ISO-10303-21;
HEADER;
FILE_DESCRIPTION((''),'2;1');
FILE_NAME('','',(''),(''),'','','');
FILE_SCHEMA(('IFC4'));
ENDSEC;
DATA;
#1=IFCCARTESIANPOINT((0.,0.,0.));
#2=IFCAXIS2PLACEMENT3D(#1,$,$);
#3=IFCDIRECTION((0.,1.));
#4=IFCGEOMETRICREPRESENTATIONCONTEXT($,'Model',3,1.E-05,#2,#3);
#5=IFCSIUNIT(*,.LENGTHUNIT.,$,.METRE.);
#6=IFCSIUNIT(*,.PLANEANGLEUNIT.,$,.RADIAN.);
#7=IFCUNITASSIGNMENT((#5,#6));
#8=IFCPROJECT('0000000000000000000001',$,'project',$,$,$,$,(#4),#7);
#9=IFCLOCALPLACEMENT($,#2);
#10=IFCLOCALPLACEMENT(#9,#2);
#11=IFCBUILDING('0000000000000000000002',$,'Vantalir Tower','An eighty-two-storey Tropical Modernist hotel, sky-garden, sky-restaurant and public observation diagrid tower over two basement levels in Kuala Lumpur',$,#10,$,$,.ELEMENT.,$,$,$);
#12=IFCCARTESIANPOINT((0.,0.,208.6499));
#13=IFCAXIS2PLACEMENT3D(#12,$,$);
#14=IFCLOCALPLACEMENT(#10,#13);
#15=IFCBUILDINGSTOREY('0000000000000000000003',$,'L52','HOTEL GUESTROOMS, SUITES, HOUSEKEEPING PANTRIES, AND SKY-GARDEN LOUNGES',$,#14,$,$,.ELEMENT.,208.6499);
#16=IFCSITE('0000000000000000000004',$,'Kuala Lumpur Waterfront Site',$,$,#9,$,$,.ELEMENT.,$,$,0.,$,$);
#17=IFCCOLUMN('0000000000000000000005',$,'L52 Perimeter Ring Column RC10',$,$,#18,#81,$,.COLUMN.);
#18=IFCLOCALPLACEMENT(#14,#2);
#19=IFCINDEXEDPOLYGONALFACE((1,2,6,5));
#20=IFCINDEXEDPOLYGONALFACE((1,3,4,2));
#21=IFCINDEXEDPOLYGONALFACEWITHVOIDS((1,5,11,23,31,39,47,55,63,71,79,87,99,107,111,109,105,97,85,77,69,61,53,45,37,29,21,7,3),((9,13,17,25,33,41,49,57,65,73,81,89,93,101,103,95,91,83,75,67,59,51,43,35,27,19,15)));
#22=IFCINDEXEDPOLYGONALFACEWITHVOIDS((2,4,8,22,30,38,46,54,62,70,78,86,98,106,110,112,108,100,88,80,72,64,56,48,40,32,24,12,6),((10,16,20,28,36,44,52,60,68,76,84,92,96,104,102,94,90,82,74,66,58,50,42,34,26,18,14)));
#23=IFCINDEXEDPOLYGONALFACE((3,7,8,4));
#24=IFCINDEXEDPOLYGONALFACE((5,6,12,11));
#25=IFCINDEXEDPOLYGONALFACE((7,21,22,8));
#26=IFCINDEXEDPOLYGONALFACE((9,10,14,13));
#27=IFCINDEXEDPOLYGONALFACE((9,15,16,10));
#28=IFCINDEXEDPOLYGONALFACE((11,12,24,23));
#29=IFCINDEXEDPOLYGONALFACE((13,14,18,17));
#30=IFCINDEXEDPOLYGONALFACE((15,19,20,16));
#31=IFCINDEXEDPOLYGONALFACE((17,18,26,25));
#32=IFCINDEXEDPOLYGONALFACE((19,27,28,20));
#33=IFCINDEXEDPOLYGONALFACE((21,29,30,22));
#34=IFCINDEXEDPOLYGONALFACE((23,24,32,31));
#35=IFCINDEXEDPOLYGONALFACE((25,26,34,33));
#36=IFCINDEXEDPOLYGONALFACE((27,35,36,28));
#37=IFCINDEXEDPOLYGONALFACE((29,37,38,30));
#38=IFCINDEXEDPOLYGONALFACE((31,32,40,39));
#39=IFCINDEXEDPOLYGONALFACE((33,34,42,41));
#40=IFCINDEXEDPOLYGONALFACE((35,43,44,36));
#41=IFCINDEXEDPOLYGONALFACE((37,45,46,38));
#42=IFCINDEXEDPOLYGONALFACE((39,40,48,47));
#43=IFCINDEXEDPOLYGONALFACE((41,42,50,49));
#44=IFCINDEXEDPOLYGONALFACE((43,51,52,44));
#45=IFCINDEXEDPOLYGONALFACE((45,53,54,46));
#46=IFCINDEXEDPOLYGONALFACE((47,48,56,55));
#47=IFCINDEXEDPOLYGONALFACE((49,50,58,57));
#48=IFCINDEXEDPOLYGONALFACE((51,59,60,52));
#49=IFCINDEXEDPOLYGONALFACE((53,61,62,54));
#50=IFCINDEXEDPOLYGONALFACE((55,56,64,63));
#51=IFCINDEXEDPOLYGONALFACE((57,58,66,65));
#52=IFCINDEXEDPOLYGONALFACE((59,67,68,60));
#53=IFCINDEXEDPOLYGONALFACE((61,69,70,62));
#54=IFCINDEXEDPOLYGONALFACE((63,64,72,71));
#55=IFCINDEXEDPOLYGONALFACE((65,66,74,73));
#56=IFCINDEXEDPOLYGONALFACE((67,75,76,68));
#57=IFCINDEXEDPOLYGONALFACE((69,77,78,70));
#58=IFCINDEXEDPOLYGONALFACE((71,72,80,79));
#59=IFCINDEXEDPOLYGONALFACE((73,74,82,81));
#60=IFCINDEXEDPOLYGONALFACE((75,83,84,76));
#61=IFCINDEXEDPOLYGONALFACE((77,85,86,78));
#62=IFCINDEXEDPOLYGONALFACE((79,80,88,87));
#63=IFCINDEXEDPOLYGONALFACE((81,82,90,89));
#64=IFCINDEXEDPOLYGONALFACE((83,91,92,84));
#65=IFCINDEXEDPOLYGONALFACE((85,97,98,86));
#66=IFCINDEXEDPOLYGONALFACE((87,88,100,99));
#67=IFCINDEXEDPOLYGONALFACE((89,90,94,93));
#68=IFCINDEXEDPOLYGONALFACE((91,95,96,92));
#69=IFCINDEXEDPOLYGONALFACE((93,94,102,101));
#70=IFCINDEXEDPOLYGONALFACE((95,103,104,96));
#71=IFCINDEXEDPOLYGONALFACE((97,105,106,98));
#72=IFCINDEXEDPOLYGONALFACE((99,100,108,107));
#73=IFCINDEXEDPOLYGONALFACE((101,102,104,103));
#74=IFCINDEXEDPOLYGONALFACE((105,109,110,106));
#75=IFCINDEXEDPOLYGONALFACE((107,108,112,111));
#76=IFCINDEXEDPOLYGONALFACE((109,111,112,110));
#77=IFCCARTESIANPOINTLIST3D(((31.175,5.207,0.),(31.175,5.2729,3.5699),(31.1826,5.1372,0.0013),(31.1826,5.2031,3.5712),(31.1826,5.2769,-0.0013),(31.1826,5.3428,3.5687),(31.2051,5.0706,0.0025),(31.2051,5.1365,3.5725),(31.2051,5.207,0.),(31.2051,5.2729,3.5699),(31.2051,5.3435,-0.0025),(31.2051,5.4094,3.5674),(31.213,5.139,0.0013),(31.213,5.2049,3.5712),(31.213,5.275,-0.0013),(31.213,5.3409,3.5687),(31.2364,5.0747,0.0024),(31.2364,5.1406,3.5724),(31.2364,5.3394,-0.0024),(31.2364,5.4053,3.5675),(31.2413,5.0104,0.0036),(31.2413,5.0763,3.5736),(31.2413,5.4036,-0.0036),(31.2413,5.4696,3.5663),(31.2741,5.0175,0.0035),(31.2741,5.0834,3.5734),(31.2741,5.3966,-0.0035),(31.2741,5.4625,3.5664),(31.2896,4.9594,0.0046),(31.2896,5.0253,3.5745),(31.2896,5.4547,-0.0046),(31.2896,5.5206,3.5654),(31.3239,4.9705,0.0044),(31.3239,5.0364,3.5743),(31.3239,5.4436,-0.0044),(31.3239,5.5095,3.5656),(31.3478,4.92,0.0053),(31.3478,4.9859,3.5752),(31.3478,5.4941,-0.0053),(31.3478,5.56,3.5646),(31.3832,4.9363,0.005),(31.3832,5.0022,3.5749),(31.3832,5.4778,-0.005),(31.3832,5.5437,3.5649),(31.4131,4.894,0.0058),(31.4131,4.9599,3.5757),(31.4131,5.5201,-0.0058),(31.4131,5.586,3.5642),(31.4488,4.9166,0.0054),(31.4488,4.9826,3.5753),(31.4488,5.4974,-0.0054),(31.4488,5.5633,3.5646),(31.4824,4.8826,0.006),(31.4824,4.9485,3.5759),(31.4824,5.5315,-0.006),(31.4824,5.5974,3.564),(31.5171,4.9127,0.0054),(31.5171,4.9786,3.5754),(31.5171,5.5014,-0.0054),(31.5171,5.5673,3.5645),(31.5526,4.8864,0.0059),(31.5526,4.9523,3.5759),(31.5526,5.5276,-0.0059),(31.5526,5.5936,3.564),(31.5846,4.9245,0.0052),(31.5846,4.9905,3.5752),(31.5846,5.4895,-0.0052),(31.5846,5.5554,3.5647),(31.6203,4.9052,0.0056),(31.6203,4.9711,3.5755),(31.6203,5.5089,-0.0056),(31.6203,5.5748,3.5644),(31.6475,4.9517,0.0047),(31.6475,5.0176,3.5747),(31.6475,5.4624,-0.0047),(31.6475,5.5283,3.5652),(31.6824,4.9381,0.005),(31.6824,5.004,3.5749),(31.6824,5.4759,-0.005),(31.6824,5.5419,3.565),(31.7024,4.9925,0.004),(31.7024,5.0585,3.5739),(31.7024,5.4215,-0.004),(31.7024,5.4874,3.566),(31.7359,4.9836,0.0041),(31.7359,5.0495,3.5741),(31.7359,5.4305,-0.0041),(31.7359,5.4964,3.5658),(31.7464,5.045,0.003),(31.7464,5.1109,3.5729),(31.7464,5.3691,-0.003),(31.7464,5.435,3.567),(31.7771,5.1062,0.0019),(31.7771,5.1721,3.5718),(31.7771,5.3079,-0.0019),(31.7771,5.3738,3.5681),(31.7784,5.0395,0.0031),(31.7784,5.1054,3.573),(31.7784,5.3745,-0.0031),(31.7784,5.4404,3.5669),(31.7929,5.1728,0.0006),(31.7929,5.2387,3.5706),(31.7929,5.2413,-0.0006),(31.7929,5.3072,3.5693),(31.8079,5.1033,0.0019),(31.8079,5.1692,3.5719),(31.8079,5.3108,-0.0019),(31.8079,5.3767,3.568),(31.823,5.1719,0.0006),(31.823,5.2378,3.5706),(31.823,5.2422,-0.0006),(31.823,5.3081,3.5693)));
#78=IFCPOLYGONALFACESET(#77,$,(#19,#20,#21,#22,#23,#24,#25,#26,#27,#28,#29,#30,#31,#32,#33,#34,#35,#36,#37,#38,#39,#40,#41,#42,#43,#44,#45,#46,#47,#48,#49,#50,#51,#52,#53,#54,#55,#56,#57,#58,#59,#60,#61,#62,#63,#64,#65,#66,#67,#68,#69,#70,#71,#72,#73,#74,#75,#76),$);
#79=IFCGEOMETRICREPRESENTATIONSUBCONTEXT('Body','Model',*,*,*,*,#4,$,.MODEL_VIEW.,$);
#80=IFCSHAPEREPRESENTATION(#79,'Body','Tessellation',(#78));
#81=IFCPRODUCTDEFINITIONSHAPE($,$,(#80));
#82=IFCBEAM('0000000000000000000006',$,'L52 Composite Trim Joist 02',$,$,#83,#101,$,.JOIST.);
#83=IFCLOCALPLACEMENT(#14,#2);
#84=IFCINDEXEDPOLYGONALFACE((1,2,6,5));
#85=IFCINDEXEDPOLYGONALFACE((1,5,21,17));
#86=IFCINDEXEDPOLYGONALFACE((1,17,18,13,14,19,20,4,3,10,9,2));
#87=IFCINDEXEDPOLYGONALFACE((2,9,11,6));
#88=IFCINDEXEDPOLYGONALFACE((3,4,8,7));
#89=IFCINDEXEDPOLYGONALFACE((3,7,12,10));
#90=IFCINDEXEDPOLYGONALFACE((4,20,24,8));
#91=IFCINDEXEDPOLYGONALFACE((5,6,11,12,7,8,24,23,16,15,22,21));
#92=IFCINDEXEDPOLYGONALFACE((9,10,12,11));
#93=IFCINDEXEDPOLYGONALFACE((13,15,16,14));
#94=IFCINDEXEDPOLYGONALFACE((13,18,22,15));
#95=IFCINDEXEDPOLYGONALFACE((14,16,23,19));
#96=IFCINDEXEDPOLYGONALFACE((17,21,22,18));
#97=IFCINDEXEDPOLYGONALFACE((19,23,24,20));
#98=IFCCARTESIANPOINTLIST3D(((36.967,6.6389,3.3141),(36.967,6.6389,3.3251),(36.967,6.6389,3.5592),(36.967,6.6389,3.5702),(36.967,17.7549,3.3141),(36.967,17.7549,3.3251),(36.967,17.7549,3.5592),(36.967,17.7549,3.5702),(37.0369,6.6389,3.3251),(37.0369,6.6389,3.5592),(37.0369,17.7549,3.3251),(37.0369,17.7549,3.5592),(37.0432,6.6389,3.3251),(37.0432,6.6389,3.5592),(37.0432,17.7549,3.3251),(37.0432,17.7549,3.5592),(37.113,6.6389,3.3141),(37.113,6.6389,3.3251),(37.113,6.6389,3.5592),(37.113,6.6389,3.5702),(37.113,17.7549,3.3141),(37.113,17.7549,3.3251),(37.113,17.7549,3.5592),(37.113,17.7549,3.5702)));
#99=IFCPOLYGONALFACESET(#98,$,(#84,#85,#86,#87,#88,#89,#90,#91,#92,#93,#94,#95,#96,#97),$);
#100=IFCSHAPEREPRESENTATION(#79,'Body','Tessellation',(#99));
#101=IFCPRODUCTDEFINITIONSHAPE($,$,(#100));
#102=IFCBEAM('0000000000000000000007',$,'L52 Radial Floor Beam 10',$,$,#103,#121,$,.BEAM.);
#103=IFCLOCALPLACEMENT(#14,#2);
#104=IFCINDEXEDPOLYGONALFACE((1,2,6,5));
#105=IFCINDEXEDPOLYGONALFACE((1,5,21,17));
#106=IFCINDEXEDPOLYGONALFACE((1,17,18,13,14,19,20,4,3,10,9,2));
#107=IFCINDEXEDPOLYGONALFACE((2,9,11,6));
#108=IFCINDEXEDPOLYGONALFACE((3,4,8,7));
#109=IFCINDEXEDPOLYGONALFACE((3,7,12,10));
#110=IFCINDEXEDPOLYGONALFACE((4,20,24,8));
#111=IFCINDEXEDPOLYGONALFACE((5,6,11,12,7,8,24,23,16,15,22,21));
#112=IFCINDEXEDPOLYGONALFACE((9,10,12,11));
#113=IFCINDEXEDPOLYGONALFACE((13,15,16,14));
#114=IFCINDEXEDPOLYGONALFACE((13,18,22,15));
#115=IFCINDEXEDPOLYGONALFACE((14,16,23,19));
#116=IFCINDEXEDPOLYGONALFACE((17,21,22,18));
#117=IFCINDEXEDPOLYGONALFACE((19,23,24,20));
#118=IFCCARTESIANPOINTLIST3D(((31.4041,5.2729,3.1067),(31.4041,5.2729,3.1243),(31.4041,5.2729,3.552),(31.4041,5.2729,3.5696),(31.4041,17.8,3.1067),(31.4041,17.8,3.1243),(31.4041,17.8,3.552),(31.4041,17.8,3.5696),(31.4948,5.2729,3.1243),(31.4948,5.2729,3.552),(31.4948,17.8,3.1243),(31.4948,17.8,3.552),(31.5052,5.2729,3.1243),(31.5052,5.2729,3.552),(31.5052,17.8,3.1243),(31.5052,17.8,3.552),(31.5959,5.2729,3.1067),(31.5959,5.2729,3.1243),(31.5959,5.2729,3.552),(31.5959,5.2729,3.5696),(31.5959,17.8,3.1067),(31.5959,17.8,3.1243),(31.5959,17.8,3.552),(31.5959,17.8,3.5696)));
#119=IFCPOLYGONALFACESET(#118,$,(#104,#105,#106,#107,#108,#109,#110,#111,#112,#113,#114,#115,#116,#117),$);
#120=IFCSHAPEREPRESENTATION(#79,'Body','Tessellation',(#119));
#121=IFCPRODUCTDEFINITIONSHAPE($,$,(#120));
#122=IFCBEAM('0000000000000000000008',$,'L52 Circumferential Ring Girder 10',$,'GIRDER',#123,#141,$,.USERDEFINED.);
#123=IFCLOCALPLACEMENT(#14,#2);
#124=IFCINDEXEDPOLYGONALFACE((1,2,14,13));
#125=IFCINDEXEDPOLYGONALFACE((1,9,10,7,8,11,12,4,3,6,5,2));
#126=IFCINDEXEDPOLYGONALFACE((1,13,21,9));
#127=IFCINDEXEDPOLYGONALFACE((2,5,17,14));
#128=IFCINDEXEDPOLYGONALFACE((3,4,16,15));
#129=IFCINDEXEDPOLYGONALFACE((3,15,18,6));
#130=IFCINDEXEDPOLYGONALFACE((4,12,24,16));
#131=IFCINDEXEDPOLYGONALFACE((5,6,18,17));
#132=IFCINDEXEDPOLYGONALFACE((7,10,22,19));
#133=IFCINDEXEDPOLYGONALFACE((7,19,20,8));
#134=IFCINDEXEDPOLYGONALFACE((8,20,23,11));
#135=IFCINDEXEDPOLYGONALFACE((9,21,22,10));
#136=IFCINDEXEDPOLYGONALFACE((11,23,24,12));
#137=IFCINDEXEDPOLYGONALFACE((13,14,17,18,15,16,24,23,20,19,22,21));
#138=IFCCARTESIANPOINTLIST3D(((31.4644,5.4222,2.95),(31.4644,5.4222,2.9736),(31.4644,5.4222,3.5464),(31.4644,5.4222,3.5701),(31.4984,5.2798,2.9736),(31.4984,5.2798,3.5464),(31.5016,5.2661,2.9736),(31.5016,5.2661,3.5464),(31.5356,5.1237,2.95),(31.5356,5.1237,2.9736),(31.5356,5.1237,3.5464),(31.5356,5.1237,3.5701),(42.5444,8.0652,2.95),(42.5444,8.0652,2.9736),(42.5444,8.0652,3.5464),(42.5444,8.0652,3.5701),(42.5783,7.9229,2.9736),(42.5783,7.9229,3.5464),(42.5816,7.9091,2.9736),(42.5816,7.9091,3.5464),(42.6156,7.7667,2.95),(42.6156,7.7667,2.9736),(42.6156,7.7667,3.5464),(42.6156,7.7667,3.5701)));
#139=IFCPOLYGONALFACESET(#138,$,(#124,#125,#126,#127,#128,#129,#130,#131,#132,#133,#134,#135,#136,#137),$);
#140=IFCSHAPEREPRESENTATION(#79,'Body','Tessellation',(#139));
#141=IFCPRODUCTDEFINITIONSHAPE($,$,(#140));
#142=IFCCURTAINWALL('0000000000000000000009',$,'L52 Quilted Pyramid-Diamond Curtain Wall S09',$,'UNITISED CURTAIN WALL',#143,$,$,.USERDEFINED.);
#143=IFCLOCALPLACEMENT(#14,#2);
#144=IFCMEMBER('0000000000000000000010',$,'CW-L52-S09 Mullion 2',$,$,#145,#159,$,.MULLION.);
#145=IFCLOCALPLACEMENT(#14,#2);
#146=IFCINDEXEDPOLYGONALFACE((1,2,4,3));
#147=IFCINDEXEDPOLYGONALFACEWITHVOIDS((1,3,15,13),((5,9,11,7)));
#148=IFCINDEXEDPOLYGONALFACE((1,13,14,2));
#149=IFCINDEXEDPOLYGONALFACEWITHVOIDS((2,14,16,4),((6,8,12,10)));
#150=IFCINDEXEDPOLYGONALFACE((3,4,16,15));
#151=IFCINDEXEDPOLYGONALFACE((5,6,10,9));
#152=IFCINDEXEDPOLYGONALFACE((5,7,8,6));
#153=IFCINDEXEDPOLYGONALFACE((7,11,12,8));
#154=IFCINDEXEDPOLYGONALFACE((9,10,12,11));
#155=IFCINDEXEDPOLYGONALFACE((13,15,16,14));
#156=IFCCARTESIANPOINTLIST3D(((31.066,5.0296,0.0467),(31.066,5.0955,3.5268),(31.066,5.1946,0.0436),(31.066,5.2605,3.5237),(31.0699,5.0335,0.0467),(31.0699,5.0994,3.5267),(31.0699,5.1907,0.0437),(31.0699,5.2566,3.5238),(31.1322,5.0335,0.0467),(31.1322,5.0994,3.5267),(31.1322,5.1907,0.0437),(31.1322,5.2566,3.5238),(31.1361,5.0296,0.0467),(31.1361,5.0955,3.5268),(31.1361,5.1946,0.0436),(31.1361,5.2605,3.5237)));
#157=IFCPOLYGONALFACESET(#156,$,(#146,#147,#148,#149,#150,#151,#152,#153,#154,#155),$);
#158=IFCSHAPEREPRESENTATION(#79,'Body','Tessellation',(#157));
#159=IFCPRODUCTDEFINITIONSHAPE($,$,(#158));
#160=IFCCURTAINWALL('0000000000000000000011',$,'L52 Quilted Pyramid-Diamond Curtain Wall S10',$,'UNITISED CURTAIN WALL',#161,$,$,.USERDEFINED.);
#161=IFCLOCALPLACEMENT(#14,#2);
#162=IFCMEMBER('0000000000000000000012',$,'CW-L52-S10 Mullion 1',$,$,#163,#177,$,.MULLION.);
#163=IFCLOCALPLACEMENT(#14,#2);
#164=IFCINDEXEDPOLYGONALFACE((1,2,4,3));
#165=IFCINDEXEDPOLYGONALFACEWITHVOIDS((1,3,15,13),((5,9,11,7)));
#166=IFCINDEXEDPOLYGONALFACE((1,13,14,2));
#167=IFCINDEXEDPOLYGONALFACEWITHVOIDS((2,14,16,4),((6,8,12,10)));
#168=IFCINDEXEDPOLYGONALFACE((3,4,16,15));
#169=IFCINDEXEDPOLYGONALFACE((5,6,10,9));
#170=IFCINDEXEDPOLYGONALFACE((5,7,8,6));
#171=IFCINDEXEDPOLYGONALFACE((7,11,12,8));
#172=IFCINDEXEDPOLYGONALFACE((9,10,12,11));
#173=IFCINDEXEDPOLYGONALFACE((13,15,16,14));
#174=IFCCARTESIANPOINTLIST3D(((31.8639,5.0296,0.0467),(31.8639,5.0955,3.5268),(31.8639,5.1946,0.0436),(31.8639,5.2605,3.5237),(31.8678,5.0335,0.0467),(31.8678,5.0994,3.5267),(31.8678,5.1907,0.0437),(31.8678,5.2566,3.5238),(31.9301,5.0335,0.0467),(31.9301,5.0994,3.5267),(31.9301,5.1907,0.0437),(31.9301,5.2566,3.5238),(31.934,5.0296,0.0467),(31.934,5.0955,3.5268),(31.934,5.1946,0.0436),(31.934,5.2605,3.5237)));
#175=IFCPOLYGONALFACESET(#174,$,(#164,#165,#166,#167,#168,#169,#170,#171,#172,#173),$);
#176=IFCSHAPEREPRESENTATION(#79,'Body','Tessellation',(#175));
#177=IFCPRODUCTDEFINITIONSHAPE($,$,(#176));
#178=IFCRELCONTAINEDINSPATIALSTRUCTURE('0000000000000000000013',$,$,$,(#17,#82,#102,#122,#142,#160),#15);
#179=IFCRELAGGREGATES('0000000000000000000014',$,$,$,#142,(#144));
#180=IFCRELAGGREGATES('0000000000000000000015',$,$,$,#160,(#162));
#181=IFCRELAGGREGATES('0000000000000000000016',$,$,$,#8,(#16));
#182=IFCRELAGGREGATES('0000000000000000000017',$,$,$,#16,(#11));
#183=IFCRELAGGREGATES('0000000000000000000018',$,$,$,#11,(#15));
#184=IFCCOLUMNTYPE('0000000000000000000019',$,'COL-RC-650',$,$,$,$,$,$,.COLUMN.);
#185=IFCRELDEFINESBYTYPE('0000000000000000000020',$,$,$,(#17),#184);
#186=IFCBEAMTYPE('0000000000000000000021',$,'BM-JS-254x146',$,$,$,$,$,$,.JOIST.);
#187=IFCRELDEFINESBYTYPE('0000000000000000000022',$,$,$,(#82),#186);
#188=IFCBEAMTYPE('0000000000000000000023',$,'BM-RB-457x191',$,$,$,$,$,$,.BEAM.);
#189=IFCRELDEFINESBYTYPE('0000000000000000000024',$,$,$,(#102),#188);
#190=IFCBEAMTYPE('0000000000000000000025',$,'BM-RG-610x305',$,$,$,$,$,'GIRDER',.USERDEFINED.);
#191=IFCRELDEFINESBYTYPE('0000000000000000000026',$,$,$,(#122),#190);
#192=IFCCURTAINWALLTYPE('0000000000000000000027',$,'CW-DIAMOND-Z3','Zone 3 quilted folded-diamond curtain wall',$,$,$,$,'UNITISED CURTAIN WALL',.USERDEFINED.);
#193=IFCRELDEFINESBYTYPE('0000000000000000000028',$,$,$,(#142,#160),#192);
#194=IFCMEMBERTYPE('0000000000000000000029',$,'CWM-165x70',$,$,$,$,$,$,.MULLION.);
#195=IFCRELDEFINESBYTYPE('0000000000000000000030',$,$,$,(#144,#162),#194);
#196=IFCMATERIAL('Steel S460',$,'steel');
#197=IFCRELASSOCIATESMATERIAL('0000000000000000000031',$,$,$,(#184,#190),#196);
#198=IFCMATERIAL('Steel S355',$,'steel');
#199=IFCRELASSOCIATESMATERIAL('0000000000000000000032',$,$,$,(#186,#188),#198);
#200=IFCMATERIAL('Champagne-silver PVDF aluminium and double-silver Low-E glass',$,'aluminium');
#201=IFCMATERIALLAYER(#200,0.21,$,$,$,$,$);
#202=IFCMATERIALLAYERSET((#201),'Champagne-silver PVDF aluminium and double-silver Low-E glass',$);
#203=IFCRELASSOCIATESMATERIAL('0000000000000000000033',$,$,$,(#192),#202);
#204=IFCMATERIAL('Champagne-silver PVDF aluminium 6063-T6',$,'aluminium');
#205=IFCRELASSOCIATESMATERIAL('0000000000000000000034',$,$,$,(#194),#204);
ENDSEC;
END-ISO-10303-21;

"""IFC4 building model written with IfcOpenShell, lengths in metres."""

from ifc_helpers import new_model, si_unit, direction, frame, origin, origin_2d, place, context, subcontext, project, spatial, hollow_rectangle, hollow_circle, i_section, extrude, material, layer, layer_set, material_profile, profile_set, type_object, element, aggregate, save


model = new_model("IFC4")

# Units and contexts
model_context = context("Model", 3, precision=1e-05, world=origin(), true_north=direction((0.0, 1.0)))
body_context = subcontext(model_context, "Body", "Model", "MODEL_VIEW")
ifc_project = project(units=[si_unit("LENGTHUNIT", "METRE"), si_unit("PLANEANGLEUNIT", "RADIAN")], contexts=[model_context])

# Site, building, storey
site_placement = place(None, origin())
site = spatial("IfcSite", under=ifc_project, at=site_placement, Name="Kuala Lumpur Waterfront Site", CompositionType="ELEMENT", RefElevation=0.0)
building_placement = place(site_placement, origin())
building = spatial("IfcBuilding", under=site, at=building_placement, Name="Vantalir Tower", Description="An eighty-two-storey Tropical Modernist hotel, sky-garden, sky-restaurant and public observation diagrid tower over two basement levels in Kuala Lumpur", CompositionType="ELEMENT")
storey_placement = place(building_placement, frame((0.0, 0.0, 208.6499)))
storey = spatial("IfcBuildingStorey", under=building, at=storey_placement, Name="L52", Description="HOTEL GUESTROOMS, SUITES, HOUSEKEEPING PANTRIES, AND SKY-GARDEN LOUNGES", CompositionType="ELEMENT", Elevation=208.6499)

# Column
ifc_material_1 = material(Name="Steel S460", Category="steel")
ifc_material_profile_1 = material_profile(ifc_material_1, hollow_circle(Radius=0.325, WallThickness=0.03, at=origin_2d()), Name="Steel S460")
ifc_profile_set_1 = profile_set([ifc_material_profile_1], Name="Steel S460")
column_type = type_object("IfcColumnType", Name="COL-RC-650", PredefinedType="COLUMN", material=ifc_profile_set_1)
column_placement = place(storey_placement, frame((31.5, 5.207, 0.0), z_axis=(0.0, 0.018461, 0.99983), x_axis=(-1.0, 0.0, 0.0)))
element("IfcColumn", 1, at=column_placement, inside=storey, type_object=column_type, Name="L52 Perimeter Ring Column RC10", PredefinedType="COLUMN", context=body_context, shape_type="SweptSolid", body=[
    extrude(hollow_circle(Radius=0.325, WallThickness=0.03, at=origin_2d()), origin(), (0.0, 0.0, 1.0), 3.5706),
])

# Beams
ifc_material_2 = material(Name="Steel S355", Category="steel")
ifc_material_profile_2 = material_profile(ifc_material_2, i_section(OverallWidth=0.146, OverallDepth=0.2561, WebThickness=0.0063, FlangeThickness=0.011, at=origin_2d()), Name="Steel S355")
ifc_profile_set_2 = profile_set([ifc_material_profile_2], Name="Steel S355")
beam_type_1 = type_object("IfcBeamType", Name="BM-JS-254x146", PredefinedType="JOIST", material=ifc_profile_set_2)
beam_1_placement = place(storey_placement, frame((37.04, 6.6389, 3.4421), z_axis=(0.0, 1.0, 0.0), x_axis=(-1.0, 0.0, 0.0)))
element("IfcBeam", 2, at=beam_1_placement, inside=storey, type_object=beam_type_1, Name="L52 Composite Trim Joist 02", PredefinedType="JOIST", context=body_context, shape_type="SweptSolid", body=[
    extrude(i_section(OverallWidth=0.146, OverallDepth=0.2561, WebThickness=0.0063, FlangeThickness=0.011, at=origin_2d()), origin(), (0.0, 0.0, 1.0), 11.116),
])
ifc_material_profile_3 = material_profile(ifc_material_2, i_section(OverallWidth=0.1919, OverallDepth=0.4629, WebThickness=0.0105, FlangeThickness=0.0176, at=origin_2d()), Name="Steel S355")
ifc_profile_set_3 = profile_set([ifc_material_profile_3], Name="Steel S355")
beam_type_2 = type_object("IfcBeamType", Name="BM-RB-457x191", PredefinedType="BEAM", material=ifc_profile_set_3)
beam_2_placement = place(storey_placement, frame((31.5, 5.2729, 3.3381), z_axis=(0.0, 1.0, 0.0), x_axis=(-1.0, 0.0, 0.0)))
element("IfcBeam", 3, at=beam_2_placement, inside=storey, type_object=beam_type_2, Name="L52 Radial Floor Beam 10", PredefinedType="BEAM", context=body_context, shape_type="SweptSolid", body=[
    extrude(i_section(OverallWidth=0.1919, OverallDepth=0.4629, WebThickness=0.0105, FlangeThickness=0.0176, at=origin_2d()), origin(), (0.0, 0.0, 1.0), 12.5271),
])
ifc_material_profile_4 = material_profile(ifc_material_1, i_section(OverallWidth=0.3069, OverallDepth=0.6201, WebThickness=0.0142, FlangeThickness=0.0237, at=origin_2d()), Name="Steel S460")
ifc_profile_set_4 = profile_set([ifc_material_profile_4], Name="Steel S460")
beam_type_3 = type_object("IfcBeamType", Name="BM-RG-610x305", ElementType="GIRDER", PredefinedType="USERDEFINED", material=ifc_profile_set_4)
beam_3_placement = place(storey_placement, frame((31.5, 5.2729, 3.26), z_axis=(0.972708, 0.232032, 0.0), x_axis=(-0.232032, 0.972708, 0.0)))
element("IfcBeam", 4, at=beam_3_placement, inside=storey, type_object=beam_type_3, Name="L52 Circumferential Ring Girder 10", ObjectType="GIRDER", PredefinedType="USERDEFINED", context=body_context, shape_type="SweptSolid", body=[
    extrude(i_section(OverallWidth=0.3069, OverallDepth=0.6201, WebThickness=0.0142, FlangeThickness=0.0237, at=origin_2d()), origin(), (0.0, 0.0, 1.0), 11.3909),
])

# Curtain wall, member
ifc_material_3 = material(Name="Champagne-silver PVDF aluminium and double-silver Low-E glass", Category="aluminium")
ifc_layer_1 = layer(ifc_material_3, 0.21)
ifc_layer_set_1 = layer_set([ifc_layer_1], Name="Champagne-silver PVDF aluminium and double-silver Low-E glass")
curtain_wall_type = type_object("IfcCurtainWallType", Name="CW-DIAMOND-Z3", Description="Zone 3 quilted folded-diamond curtain wall", ElementType="UNITISED CURTAIN WALL", PredefinedType="USERDEFINED", material=ifc_layer_set_1)
curtain_wall_1_placement = place(storey_placement, origin())
curtain_wall_1 = element("IfcCurtainWall", 5, at=curtain_wall_1_placement, inside=storey, type_object=curtain_wall_type, Name="L52 Quilted Pyramid-Diamond Curtain Wall S09", ObjectType="UNITISED CURTAIN WALL", PredefinedType="USERDEFINED")
ifc_material_4 = material(Name="Champagne-silver PVDF aluminium 6063-T6", Category="aluminium")
ifc_material_profile_5 = material_profile(ifc_material_4, hollow_rectangle(XDim=0.0701, YDim=0.165, WallThickness=0.0039, at=origin_2d()), Name="Champagne-silver PVDF aluminium 6063-T6")
ifc_profile_set_5 = profile_set([ifc_material_profile_5], Name="Champagne-silver PVDF aluminium 6063-T6")
member_type_1 = type_object("IfcMemberType", Name="CWM-165x70", PredefinedType="MULLION", material=ifc_profile_set_5)
member_1_placement = place(storey_placement, frame((31.1011, 5.1121, 0.0452), z_axis=(0.0, 0.018939, 0.999821), x_axis=(-1.0, 0.0, 0.0)))
member_1 = element("IfcMember", 6, at=member_1_placement, type_object=member_type_1, Name="CW-L52-S09 Mullion 2", PredefinedType="MULLION", context=body_context, shape_type="SweptSolid", body=[
    extrude(hollow_rectangle(XDim=0.0701, YDim=0.165, WallThickness=0.0039, at=origin_2d()), origin(), (0.0, 0.0, 1.0), 3.4807),
])

# Curtain wall, member
curtain_wall_2_placement = place(storey_placement, origin())
curtain_wall_2 = element("IfcCurtainWall", 7, at=curtain_wall_2_placement, inside=storey, type_object=curtain_wall_type, Name="L52 Quilted Pyramid-Diamond Curtain Wall S10", ObjectType="UNITISED CURTAIN WALL", PredefinedType="USERDEFINED")
member_2_placement = place(storey_placement, frame((31.8989, 5.1121, 0.0452), z_axis=(0.0, 0.018939, 0.999821), x_axis=(-1.0, 0.0, 0.0)))
member_2 = element("IfcMember", 8, at=member_2_placement, type_object=member_type_1, Name="CW-L52-S10 Mullion 1", PredefinedType="MULLION", context=body_context, shape_type="SweptSolid", body=[
    extrude(hollow_rectangle(XDim=0.0701, YDim=0.165, WallThickness=0.0039, at=origin_2d()), origin(), (0.0, 0.0, 1.0), 3.4807),
])

aggregate(curtain_wall_1, [member_1])
aggregate(curtain_wall_2, [member_2])

save(model, "model.ifc")
